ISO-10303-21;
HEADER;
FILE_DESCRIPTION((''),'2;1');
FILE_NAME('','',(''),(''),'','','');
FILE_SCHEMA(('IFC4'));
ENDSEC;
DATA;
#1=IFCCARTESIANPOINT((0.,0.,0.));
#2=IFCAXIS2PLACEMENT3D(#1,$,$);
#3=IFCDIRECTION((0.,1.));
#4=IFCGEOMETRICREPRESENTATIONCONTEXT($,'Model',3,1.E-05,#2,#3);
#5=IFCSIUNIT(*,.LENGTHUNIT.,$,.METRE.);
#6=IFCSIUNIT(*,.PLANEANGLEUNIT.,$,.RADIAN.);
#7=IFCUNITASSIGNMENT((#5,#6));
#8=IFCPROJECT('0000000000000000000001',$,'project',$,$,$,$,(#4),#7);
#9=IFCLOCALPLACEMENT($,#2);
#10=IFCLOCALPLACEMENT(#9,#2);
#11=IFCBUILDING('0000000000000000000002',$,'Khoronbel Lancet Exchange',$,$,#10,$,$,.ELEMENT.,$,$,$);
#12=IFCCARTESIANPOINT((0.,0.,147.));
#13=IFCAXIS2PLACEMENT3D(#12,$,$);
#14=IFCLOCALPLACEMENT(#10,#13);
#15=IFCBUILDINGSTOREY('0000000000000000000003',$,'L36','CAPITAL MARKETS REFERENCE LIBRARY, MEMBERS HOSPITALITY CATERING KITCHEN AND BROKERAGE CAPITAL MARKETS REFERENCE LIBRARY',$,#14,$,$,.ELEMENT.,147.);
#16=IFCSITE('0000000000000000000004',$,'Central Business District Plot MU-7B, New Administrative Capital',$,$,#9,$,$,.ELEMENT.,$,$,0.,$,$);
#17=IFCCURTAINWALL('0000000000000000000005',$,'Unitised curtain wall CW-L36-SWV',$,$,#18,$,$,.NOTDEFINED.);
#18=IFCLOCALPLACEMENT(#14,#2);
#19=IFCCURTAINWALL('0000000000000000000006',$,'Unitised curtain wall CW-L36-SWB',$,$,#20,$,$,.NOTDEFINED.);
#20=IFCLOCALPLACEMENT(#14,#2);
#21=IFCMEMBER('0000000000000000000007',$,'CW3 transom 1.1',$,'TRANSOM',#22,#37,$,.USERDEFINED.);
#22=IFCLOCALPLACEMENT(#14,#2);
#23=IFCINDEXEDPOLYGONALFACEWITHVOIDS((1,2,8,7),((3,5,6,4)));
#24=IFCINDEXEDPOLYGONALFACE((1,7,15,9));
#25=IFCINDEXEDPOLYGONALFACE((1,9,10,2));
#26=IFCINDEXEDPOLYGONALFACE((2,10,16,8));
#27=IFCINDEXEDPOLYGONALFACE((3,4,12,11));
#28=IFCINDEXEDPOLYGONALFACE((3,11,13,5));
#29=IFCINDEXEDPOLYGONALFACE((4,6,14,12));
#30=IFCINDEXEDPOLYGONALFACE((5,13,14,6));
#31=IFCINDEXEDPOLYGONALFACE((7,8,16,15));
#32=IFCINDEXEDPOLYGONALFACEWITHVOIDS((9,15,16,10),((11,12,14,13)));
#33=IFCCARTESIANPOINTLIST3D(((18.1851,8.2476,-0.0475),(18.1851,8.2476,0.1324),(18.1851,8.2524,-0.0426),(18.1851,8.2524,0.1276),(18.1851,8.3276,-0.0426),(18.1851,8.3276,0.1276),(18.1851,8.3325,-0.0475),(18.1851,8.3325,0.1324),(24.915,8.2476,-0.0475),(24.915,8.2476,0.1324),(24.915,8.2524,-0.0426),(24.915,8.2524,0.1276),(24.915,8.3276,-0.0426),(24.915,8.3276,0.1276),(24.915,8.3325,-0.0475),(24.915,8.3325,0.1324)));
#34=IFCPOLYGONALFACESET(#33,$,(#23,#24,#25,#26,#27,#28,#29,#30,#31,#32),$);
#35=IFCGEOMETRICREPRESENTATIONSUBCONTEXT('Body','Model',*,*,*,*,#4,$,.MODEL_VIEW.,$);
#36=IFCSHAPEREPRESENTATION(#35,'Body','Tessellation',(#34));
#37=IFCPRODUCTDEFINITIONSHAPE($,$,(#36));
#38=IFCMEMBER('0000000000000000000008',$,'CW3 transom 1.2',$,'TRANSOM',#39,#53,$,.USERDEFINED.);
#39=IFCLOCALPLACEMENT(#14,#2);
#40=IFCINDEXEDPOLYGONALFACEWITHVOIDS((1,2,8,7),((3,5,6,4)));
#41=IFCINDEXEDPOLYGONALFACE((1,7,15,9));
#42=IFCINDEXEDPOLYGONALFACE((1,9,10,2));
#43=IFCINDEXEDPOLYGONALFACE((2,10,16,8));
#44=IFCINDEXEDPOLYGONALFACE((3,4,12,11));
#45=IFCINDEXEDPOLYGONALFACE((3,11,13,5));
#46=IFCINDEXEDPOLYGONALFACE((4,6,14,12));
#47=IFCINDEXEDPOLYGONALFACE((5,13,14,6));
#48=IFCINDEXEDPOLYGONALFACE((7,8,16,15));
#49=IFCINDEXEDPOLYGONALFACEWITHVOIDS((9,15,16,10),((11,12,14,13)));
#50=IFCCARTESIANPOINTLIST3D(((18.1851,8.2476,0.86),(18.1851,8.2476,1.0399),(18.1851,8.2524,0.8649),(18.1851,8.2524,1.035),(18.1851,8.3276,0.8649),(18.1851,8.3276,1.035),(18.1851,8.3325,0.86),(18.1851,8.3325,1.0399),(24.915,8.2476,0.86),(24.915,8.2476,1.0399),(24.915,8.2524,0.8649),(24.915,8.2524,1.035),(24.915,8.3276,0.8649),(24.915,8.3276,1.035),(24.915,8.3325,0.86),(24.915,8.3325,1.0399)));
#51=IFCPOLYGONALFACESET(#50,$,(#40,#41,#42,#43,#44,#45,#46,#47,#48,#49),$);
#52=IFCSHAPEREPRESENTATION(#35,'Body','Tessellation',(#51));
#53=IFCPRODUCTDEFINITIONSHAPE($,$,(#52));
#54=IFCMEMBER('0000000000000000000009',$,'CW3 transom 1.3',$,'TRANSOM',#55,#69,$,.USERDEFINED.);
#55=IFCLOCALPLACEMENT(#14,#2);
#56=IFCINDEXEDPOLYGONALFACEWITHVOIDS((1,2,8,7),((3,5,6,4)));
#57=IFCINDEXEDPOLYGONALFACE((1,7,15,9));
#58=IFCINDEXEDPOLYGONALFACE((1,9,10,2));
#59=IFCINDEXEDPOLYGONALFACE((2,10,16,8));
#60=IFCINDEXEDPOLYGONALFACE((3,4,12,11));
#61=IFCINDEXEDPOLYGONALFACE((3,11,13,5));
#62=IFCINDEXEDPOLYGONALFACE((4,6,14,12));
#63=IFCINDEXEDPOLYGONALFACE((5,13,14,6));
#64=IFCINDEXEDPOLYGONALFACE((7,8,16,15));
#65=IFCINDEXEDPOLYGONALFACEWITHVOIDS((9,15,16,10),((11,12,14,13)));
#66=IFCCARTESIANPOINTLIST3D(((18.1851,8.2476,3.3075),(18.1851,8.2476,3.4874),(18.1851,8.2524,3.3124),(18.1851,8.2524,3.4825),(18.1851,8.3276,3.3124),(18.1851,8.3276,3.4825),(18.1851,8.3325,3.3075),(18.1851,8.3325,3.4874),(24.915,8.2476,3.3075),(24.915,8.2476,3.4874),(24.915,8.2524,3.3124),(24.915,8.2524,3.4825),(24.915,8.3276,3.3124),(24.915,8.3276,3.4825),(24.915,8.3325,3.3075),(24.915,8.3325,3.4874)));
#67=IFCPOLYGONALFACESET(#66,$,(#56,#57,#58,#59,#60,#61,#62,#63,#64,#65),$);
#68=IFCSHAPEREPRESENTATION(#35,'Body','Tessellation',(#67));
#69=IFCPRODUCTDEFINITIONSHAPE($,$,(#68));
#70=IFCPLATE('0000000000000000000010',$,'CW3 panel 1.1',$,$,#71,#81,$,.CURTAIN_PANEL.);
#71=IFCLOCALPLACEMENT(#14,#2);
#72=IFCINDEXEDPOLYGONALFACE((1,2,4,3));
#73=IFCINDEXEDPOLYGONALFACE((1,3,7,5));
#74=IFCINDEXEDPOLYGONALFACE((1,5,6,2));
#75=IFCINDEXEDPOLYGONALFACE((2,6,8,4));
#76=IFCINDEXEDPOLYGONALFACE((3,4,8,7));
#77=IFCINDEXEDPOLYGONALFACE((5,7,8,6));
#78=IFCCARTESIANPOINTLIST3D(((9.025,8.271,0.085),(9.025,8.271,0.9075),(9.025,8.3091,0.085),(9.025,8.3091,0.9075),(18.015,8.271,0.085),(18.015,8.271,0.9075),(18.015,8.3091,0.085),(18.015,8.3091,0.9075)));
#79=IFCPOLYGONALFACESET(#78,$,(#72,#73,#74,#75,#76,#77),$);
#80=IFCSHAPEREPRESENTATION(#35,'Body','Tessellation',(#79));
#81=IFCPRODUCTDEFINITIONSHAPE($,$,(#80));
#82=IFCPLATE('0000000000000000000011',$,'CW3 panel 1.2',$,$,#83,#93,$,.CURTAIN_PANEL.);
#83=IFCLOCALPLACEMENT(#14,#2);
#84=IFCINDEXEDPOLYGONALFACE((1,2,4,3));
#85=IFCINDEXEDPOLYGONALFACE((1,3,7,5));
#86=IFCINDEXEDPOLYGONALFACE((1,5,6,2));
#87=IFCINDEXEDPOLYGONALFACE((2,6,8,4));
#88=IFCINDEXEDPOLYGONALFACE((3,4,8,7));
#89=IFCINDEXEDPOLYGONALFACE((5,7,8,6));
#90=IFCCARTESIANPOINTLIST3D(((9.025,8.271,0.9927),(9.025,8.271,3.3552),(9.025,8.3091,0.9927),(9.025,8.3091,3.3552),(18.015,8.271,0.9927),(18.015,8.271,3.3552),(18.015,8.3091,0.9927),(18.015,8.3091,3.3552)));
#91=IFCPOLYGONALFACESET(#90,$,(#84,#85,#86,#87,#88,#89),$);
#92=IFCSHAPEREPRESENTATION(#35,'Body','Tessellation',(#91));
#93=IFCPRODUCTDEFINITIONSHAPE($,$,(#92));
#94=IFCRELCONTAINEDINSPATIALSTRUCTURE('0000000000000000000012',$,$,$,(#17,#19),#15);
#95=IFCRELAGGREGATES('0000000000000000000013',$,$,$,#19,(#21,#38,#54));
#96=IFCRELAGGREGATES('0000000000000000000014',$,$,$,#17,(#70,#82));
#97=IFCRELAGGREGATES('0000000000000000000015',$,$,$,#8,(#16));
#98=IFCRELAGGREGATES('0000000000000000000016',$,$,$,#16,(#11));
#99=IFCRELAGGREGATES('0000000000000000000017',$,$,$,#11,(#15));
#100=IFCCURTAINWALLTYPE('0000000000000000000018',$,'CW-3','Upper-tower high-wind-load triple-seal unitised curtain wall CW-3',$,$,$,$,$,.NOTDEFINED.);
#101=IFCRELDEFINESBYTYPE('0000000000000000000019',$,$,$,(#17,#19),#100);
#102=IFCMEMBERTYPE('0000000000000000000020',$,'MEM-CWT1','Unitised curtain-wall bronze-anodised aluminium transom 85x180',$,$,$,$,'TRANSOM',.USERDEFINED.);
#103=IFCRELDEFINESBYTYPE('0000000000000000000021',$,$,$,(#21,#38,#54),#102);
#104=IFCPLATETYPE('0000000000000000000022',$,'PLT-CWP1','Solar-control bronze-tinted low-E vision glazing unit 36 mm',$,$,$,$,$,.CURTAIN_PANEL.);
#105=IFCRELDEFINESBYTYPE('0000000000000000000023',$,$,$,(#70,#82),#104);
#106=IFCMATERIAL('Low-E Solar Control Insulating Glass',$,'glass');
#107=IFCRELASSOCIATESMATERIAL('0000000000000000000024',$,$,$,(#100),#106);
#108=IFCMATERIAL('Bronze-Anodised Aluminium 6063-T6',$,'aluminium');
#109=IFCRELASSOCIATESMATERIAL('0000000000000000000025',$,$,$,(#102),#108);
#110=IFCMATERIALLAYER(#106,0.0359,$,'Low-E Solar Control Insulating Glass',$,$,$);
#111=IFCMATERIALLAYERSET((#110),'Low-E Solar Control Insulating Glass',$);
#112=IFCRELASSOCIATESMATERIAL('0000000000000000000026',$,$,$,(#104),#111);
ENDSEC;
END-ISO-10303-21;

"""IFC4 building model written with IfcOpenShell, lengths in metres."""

from ifc_helpers import new_model, si_unit, direction, frame, origin, origin_2d, place, context, subcontext, project, spatial, rectangle, hollow_rectangle, extrude, material, layer, layer_set, material_profile, profile_set, type_object, element, aggregate, save


model = new_model("IFC4")

# Units and contexts
model_context = context("Model", 3, precision=1e-05, world=origin(), true_north=direction((0.0, 1.0)))
body_context = subcontext(model_context, "Body", "Model", "MODEL_VIEW")
ifc_project = project(units=[si_unit("LENGTHUNIT", "METRE"), si_unit("PLANEANGLEUNIT", "RADIAN")], contexts=[model_context])

# Site, building, storey
site_placement = place(None, origin())
site = spatial("IfcSite", under=ifc_project, at=site_placement, Name="Central Business District Plot MU-7B, New Administrative Capital", CompositionType="ELEMENT", RefElevation=0.0)
building_placement = place(site_placement, origin())
building = spatial("IfcBuilding", under=site, at=building_placement, Name="Khoronbel Lancet Exchange", CompositionType="ELEMENT")
storey_placement = place(building_placement, frame((0.0, 0.0, 147.0)))
storey = spatial("IfcBuildingStorey", under=building, at=storey_placement, Name="L36", Description="CAPITAL MARKETS REFERENCE LIBRARY, MEMBERS HOSPITALITY CATERING KITCHEN AND BROKERAGE CAPITAL MARKETS REFERENCE LIBRARY", CompositionType="ELEMENT", Elevation=147.0)

# Curtain wall
ifc_material_1 = material(Name="Low-E Solar Control Insulating Glass", Category="glass")
curtain_wall_type = type_object("IfcCurtainWallType", Name="CW-3", Description="Upper-tower high-wind-load triple-seal unitised curtain wall CW-3", PredefinedType="NOTDEFINED", material=ifc_material_1)
curtain_wall_1_placement = place(storey_placement, origin())
curtain_wall_1 = element("IfcCurtainWall", 1, at=curtain_wall_1_placement, inside=storey, type_object=curtain_wall_type, Name="Unitised curtain wall CW-L36-SWV", PredefinedType="NOTDEFINED")
ifc_material_2 = material(Name="Bronze-Anodised Aluminium 6063-T6", Category="aluminium")

# Curtain wall
curtain_wall_2_placement = place(storey_placement, origin())
curtain_wall_2 = element("IfcCurtainWall", 2, at=curtain_wall_2_placement, inside=storey, type_object=curtain_wall_type, Name="Unitised curtain wall CW-L36-SWB", PredefinedType="NOTDEFINED")

# Members
ifc_material_profile_1 = material_profile(ifc_material_2, hollow_rectangle(XDim=0.085, YDim=0.1799, WallThickness=0.0049, at=origin_2d()), Name="ALU TRANSOM 85x180")
ifc_profile_set_1 = profile_set([ifc_material_profile_1], Name="Bronze-Anodised Aluminium 6063-T6")
member_type_1 = type_object("IfcMemberType", Name="MEM-CWT1", Description="Unitised curtain-wall bronze-anodised aluminium transom 85x180", ElementType="TRANSOM", PredefinedType="USERDEFINED", material=ifc_profile_set_1)
member_1_placement = place(storey_placement, frame((18.1851, 8.29, 0.0425), z_axis=(1.0, 0.0, 0.0), x_axis=(0.0, 1.0, 0.0)))
member_1 = element("IfcMember", 3, at=member_1_placement, type_object=member_type_1, Name="CW3 transom 1.1", ObjectType="TRANSOM", PredefinedType="USERDEFINED", context=body_context, shape_type="SweptSolid", body=[
    extrude(hollow_rectangle(XDim=0.085, YDim=0.1799, WallThickness=0.0049, at=origin_2d()), origin(), (0.0, 0.0, 1.0), 6.73),
])
member_2_placement = place(storey_placement, frame((18.1851, 8.29, 0.95), z_axis=(1.0, 0.0, 0.0), x_axis=(0.0, 1.0, 0.0)))
member_2 = element("IfcMember", 4, at=member_2_placement, type_object=member_type_1, Name="CW3 transom 1.2", ObjectType="TRANSOM", PredefinedType="USERDEFINED", context=body_context, shape_type="SweptSolid", body=[
    extrude(hollow_rectangle(XDim=0.085, YDim=0.1799, WallThickness=0.0049, at=origin_2d()), origin(), (0.0, 0.0, 1.0), 6.73),
])
member_3_placement = place(storey_placement, frame((18.1851, 8.29, 3.3975), z_axis=(1.0, 0.0, 0.0), x_axis=(0.0, 1.0, 0.0)))
member_3 = element("IfcMember", 5, at=member_3_placement, type_object=member_type_1, Name="CW3 transom 1.3", ObjectType="TRANSOM", PredefinedType="USERDEFINED", context=body_context, shape_type="SweptSolid", body=[
    extrude(hollow_rectangle(XDim=0.085, YDim=0.1799, WallThickness=0.0049, at=origin_2d()), origin(), (0.0, 0.0, 1.0), 6.73),
])
aggregate(curtain_wall_2, [member_1, member_2, member_3])

# Plates
ifc_layer_1 = layer(ifc_material_1, 0.0359, Name="Low-E Solar Control Insulating Glass")
ifc_layer_set_1 = layer_set([ifc_layer_1], Name="Low-E Solar Control Insulating Glass")
plate_type = type_object("IfcPlateType", Name="PLT-CWP1", Description="Solar-control bronze-tinted low-E vision glazing unit 36 mm", PredefinedType="CURTAIN_PANEL", material=ifc_layer_set_1)
plate_1_placement = place(storey_placement, frame((13.52, 8.29, 0.085), z_axis=(0.0, 0.0, 1.0), x_axis=(1.0, 0.0, 0.0)))
plate_1 = element("IfcPlate", 6, at=plate_1_placement, type_object=plate_type, Name="CW3 panel 1.1", PredefinedType="CURTAIN_PANEL", context=body_context, shape_type="SweptSolid", body=[
    extrude(rectangle(XDim=8.99, YDim=0.0381, at=origin_2d()), origin(), (0.0, 0.0, 1.0), 0.8225),
])
plate_2_placement = place(storey_placement, frame((13.52, 8.29, 0.9927), z_axis=(0.0, 0.0, 1.0), x_axis=(1.0, 0.0, 0.0)))
plate_2 = element("IfcPlate", 7, at=plate_2_placement, type_object=plate_type, Name="CW3 panel 1.2", PredefinedType="CURTAIN_PANEL", context=body_context, shape_type="SweptSolid", body=[
    extrude(rectangle(XDim=8.99, YDim=0.0381, at=origin_2d()), origin(), (0.0, 0.0, 1.0), 2.3625),
])
aggregate(curtain_wall_1, [plate_1, plate_2])

save(model, "model.ifc")
